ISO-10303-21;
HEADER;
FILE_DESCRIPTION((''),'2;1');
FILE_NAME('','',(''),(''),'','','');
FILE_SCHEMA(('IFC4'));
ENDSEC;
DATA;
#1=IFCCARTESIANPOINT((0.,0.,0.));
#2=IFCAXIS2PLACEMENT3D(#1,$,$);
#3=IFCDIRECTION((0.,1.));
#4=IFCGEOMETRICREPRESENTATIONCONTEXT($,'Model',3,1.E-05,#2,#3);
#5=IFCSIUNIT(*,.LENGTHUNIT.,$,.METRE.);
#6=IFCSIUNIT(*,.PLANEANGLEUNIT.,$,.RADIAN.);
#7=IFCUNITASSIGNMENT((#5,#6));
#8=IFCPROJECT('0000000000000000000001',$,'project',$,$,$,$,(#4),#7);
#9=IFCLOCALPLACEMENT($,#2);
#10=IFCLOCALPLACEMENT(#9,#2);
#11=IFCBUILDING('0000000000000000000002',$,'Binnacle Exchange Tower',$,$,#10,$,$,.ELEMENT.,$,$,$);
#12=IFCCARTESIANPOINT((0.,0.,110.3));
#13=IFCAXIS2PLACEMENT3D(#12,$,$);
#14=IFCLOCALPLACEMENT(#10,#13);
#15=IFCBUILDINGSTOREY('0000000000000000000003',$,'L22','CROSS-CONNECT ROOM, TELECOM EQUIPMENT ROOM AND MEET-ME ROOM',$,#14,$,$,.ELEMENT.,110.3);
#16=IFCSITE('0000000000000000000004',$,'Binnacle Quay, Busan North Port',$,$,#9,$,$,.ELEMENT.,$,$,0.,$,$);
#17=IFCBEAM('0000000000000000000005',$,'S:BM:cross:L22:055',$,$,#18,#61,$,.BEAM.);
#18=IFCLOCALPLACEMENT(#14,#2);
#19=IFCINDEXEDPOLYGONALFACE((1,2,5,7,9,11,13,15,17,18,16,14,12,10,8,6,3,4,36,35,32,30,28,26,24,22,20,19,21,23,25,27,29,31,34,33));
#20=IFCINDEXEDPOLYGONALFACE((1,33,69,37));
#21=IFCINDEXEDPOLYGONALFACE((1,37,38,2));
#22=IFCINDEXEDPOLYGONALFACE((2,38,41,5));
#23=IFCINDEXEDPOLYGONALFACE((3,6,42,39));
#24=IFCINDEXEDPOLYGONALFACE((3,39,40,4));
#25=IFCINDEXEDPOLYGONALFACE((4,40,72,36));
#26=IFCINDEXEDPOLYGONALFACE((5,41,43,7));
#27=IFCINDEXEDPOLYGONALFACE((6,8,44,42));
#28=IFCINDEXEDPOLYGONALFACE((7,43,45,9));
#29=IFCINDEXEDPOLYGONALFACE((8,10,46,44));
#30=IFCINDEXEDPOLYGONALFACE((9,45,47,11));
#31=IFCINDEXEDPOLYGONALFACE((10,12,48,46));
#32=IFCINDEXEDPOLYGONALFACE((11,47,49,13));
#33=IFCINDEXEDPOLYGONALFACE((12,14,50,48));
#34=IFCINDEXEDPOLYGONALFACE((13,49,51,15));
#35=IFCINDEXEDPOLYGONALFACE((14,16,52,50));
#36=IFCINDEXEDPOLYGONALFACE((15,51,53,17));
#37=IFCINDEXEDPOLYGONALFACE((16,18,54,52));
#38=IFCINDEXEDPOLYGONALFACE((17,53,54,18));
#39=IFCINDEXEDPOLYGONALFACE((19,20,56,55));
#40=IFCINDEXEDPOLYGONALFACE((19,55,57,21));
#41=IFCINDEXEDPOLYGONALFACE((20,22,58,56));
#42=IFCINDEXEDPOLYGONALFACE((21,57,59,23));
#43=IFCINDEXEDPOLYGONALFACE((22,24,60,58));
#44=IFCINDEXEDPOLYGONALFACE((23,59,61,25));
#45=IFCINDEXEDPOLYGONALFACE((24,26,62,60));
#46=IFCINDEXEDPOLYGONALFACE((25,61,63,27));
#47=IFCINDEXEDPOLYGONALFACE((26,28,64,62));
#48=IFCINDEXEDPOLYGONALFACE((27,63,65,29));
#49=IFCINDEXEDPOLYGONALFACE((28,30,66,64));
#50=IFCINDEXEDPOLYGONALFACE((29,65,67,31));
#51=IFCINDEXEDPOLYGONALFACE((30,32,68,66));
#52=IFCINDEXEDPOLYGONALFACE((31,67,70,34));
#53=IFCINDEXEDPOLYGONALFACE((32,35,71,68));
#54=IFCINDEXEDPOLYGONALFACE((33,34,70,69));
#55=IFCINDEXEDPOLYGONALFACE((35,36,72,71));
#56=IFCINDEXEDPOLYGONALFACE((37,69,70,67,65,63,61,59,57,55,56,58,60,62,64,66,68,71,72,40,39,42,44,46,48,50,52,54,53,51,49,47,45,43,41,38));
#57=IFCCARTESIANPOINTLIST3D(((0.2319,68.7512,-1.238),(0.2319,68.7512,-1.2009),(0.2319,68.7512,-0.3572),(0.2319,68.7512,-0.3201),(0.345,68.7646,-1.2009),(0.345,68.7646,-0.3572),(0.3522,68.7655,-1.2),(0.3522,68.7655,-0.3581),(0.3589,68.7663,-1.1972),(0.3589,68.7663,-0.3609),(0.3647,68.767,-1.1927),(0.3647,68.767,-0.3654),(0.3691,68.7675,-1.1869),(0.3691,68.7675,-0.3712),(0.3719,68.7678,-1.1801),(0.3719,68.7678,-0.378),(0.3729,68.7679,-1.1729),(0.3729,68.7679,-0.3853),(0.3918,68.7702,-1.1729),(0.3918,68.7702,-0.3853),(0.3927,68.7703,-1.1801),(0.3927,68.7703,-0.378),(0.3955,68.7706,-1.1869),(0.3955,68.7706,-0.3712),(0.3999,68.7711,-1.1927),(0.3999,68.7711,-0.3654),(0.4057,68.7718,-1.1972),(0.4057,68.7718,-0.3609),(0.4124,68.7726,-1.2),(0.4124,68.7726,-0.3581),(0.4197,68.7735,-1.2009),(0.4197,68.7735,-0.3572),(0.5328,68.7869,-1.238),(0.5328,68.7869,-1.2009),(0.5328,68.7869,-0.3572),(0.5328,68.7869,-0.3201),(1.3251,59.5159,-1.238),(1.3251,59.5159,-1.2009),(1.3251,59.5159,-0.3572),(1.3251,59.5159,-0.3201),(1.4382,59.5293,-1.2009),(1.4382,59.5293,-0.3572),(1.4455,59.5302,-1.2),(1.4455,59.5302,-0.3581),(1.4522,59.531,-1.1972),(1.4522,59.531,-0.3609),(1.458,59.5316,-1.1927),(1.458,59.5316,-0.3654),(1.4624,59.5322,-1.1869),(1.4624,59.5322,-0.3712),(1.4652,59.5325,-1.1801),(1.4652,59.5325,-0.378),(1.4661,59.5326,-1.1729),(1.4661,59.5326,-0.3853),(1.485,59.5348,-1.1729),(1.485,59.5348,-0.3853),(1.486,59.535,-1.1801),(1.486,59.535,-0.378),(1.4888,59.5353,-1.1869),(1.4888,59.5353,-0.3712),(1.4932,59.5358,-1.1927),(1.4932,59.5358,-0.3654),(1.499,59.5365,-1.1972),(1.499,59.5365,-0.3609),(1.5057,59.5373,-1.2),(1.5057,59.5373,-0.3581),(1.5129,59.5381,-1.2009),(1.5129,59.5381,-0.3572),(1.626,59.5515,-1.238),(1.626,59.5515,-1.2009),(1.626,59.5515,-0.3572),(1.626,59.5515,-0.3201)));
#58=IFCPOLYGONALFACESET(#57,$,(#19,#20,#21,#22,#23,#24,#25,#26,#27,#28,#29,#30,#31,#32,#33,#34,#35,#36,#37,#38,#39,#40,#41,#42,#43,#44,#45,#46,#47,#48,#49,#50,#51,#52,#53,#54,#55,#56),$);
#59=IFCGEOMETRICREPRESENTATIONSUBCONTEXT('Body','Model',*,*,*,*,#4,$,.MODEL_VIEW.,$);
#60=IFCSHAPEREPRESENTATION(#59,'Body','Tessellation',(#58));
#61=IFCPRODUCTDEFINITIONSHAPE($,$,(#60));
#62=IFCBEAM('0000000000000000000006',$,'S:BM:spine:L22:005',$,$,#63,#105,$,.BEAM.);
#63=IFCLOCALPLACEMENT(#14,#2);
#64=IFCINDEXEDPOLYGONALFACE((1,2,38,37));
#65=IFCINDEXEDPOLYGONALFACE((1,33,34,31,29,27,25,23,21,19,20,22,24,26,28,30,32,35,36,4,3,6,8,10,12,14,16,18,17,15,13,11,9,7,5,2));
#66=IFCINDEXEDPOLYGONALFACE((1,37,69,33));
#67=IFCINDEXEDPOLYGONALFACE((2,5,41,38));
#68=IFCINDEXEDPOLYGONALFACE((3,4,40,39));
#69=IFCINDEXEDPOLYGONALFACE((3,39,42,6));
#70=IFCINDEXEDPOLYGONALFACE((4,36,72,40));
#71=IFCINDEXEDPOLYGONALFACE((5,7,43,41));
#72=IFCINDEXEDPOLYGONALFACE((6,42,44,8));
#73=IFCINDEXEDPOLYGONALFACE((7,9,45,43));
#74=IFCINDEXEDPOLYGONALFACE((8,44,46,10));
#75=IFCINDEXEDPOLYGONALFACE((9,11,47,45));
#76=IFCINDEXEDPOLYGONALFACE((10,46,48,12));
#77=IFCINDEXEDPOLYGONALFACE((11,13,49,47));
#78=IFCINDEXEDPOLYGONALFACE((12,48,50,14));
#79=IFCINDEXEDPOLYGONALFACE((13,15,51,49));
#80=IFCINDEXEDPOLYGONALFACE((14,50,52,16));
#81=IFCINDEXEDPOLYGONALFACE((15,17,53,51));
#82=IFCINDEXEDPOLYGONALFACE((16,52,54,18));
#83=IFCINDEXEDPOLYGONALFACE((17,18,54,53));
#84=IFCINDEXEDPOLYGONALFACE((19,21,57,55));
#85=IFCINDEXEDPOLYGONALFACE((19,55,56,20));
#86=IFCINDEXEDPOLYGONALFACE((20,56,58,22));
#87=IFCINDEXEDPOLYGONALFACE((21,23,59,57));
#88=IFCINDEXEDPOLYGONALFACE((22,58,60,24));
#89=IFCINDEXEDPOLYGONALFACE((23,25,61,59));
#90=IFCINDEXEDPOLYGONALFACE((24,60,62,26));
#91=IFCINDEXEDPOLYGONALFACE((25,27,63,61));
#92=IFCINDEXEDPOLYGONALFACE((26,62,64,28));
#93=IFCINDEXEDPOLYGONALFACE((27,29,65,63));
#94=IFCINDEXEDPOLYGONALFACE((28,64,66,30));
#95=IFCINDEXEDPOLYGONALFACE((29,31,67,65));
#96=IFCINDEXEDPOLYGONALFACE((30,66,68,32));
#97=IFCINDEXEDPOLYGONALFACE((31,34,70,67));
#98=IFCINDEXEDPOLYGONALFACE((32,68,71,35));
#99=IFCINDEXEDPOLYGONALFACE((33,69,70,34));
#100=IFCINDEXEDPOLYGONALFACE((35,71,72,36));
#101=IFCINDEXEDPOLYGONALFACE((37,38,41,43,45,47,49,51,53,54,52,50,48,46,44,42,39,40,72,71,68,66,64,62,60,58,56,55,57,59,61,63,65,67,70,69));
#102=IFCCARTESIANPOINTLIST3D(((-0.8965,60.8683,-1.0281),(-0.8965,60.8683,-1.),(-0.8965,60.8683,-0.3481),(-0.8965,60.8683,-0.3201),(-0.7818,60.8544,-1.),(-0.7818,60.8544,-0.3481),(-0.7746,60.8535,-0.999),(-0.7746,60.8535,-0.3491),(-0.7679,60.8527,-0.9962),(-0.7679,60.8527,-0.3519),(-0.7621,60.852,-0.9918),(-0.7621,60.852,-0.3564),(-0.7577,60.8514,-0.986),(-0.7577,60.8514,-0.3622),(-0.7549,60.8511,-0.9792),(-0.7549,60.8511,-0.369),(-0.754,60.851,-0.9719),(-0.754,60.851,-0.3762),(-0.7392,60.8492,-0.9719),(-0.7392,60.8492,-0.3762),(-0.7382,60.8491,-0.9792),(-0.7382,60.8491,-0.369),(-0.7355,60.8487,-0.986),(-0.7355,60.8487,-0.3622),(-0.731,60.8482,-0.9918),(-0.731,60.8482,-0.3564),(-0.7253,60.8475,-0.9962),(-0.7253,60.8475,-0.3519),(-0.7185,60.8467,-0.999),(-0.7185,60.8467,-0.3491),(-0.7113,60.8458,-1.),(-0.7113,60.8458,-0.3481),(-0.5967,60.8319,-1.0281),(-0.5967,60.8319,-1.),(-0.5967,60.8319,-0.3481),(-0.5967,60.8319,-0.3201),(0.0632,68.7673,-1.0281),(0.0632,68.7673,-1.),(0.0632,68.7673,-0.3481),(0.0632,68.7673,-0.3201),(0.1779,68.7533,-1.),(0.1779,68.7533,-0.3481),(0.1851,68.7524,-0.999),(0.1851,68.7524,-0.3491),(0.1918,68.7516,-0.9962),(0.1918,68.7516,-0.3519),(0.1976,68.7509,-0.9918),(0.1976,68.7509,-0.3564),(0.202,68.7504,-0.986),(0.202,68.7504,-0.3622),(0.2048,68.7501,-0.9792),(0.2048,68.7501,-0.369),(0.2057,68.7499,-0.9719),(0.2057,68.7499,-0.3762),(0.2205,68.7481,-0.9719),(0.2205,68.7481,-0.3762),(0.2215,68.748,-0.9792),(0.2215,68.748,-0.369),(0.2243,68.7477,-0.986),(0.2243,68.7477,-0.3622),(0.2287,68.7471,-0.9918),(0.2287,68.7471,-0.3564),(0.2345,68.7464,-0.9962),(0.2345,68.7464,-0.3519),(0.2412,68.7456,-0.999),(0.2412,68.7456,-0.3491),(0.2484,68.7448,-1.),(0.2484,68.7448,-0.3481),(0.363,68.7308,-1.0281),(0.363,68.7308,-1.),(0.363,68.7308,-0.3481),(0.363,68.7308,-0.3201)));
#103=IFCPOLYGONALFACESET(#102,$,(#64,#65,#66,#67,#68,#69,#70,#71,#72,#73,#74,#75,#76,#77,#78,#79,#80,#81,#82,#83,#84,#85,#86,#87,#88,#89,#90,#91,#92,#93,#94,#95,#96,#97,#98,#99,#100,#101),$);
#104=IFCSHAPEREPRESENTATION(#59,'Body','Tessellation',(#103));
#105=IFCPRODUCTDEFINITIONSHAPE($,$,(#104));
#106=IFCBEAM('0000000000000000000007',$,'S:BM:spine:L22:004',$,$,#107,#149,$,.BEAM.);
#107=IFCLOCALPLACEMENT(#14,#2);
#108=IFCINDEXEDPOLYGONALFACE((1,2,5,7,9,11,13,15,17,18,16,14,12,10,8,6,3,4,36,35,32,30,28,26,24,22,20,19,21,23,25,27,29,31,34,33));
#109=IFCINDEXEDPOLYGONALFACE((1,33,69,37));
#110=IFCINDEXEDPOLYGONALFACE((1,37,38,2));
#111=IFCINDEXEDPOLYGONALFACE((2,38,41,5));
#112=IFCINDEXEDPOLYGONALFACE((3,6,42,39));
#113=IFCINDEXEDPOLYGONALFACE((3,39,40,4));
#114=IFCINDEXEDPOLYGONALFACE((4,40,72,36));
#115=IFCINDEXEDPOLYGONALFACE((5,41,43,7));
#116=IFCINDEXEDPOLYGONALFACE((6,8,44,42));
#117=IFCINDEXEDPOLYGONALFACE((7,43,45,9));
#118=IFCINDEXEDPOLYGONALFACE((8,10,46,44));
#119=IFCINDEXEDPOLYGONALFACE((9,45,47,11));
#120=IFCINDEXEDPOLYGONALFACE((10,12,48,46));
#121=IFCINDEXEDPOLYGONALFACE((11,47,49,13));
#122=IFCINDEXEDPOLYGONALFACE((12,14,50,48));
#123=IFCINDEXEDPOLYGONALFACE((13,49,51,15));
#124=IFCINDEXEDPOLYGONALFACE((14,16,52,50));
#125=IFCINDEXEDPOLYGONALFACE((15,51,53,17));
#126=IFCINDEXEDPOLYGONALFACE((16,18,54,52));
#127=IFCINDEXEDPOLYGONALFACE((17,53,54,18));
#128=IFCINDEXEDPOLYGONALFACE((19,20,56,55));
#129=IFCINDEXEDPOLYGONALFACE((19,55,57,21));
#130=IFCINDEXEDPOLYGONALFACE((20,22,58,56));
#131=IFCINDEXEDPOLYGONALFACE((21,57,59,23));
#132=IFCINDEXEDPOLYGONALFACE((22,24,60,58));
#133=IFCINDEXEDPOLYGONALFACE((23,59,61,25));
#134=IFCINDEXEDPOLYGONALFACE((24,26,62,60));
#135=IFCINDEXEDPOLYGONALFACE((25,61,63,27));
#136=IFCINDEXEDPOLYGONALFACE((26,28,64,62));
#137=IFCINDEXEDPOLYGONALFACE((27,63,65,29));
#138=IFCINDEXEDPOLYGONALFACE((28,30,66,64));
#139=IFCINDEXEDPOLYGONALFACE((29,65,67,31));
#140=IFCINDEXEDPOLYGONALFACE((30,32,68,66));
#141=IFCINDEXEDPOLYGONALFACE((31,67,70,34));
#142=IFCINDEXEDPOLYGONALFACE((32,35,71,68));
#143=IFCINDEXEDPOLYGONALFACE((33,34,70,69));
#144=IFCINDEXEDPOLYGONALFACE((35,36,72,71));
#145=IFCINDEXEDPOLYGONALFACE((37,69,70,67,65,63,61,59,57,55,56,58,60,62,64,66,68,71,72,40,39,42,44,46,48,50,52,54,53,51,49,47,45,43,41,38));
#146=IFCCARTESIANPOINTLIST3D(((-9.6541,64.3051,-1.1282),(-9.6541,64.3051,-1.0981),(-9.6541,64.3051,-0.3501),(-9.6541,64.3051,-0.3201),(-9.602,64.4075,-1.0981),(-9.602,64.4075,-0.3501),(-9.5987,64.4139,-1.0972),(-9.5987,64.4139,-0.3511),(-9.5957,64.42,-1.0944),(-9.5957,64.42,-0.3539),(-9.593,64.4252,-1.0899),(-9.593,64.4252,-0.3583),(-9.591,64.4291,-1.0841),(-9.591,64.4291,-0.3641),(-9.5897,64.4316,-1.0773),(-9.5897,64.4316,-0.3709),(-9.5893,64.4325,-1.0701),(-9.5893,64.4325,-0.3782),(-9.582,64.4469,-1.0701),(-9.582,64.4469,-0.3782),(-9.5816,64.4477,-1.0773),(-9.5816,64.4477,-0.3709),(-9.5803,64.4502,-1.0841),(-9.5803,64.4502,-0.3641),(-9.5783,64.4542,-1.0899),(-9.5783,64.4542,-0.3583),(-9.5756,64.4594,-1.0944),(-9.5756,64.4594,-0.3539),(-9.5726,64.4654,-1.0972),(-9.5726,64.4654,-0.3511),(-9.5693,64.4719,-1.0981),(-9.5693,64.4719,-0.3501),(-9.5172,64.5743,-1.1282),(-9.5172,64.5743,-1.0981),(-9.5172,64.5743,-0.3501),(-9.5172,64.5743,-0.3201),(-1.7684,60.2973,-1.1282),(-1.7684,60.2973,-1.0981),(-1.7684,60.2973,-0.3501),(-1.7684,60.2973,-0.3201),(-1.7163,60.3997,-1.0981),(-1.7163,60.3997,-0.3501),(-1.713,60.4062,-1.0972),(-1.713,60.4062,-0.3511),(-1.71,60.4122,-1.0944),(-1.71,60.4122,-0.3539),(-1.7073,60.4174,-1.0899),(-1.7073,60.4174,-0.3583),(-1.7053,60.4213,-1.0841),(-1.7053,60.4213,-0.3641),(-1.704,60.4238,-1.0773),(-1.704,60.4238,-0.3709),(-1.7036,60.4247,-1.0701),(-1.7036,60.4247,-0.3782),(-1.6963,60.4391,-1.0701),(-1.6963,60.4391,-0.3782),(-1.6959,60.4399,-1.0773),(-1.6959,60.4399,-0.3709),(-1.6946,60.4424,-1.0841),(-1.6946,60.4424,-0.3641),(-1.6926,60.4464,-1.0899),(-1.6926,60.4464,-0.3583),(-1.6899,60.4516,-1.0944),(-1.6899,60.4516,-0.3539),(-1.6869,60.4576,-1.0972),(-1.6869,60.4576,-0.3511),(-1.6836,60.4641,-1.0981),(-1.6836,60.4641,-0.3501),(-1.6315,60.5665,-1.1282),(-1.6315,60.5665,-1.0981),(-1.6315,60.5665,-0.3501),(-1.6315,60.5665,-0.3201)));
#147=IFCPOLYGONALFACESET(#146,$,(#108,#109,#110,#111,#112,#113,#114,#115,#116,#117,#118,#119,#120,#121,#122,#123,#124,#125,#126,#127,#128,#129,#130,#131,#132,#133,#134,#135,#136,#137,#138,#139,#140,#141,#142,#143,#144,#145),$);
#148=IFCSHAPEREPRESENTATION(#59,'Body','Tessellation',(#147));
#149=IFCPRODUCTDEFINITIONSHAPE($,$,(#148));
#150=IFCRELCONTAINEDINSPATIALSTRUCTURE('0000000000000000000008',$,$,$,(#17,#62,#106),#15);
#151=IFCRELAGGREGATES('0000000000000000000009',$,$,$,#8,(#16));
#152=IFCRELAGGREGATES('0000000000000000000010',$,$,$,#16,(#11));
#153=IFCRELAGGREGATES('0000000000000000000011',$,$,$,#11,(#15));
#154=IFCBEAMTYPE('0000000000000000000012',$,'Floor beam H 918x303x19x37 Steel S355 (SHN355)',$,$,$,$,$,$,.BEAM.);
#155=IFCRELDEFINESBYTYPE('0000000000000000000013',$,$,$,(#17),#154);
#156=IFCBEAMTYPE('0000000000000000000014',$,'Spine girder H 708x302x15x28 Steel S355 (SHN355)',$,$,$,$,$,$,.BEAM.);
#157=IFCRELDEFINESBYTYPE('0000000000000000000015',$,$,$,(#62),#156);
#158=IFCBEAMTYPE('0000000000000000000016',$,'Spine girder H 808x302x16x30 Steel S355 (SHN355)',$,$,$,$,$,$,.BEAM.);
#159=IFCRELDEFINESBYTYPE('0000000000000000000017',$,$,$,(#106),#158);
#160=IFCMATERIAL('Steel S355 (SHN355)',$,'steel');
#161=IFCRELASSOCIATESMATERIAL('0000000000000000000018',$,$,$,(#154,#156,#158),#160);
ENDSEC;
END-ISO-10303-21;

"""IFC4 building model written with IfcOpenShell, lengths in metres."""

from ifc_helpers import new_model, si_unit, direction, frame, origin, origin_2d, place, context, subcontext, project, spatial, i_section, extrude, material, material_profile, profile_set, type_object, element, save


model = new_model("IFC4")

# Units and contexts
model_context = context("Model", 3, precision=1e-05, world=origin(), true_north=direction((0.0, 1.0)))
body_context = subcontext(model_context, "Body", "Model", "MODEL_VIEW")
ifc_project = project(units=[si_unit("LENGTHUNIT", "METRE"), si_unit("PLANEANGLEUNIT", "RADIAN")], contexts=[model_context])

# Site, building, storey
site_placement = place(None, origin())
site = spatial("IfcSite", under=ifc_project, at=site_placement, Name="Binnacle Quay, Busan North Port", CompositionType="ELEMENT", RefElevation=0.0)
building_placement = place(site_placement, origin())
building = spatial("IfcBuilding", under=site, at=building_placement, Name="Binnacle Exchange Tower", CompositionType="ELEMENT")
storey_placement = place(building_placement, frame((0.0, 0.0, 110.3)))
storey = spatial("IfcBuildingStorey", under=building, at=storey_placement, Name="L22", Description="CROSS-CONNECT ROOM, TELECOM EQUIPMENT ROOM AND MEET-ME ROOM", CompositionType="ELEMENT", Elevation=110.3)

# Beams
ifc_material_1 = material(Name="Steel S355 (SHN355)", Category="steel")
ifc_material_profile_1 = material_profile(ifc_material_1, i_section(OverallWidth=0.303, OverallDepth=0.918, WebThickness=0.019, FlangeThickness=0.0371, FilletRadius=0.0281, at=origin_2d()), Name="H 918x303x19x37")
ifc_profile_set_1 = profile_set([ifc_material_profile_1], Name="Steel S355 (SHN355)")
beam_type_1 = type_object("IfcBeamType", Name="Floor beam H 918x303x19x37 Steel S355 (SHN355)", PredefinedType="BEAM", material=ifc_profile_set_1)
beam_1_placement = place(storey_placement, frame((0.3823, 68.769, -0.7791), z_axis=(0.117557, -0.993066, 0.0), x_axis=(0.993066, 0.117557, 0.0)))
element("IfcBeam", 1, at=beam_1_placement, inside=storey, type_object=beam_type_1, Name="S:BM:cross:L22:055", PredefinedType="BEAM", context=body_context, shape_type="SweptSolid", body=[
    extrude(i_section(OverallWidth=0.303, OverallDepth=0.918, WebThickness=0.019, FlangeThickness=0.0371, FilletRadius=0.0281, at=origin_2d()), origin(), (0.0, 0.0, 1.0), 9.2998),
])
ifc_material_profile_2 = material_profile(ifc_material_1, i_section(OverallWidth=0.302, OverallDepth=0.708, WebThickness=0.0149, FlangeThickness=0.0281, FilletRadius=0.0281, at=origin_2d()), Name="H 708x302x15x28")
ifc_profile_set_2 = profile_set([ifc_material_profile_2], Name="Steel S355 (SHN355)")
beam_type_2 = type_object("IfcBeamType", Name="Spine girder H 708x302x15x28 Steel S355 (SHN355)", PredefinedType="BEAM", material=ifc_profile_set_2)
beam_2_placement = place(storey_placement, frame((-0.7466, 60.8501, -0.6741), z_axis=(0.120613, 0.9927, 0.0), x_axis=(-0.9927, 0.120613, 0.0)))
element("IfcBeam", 2, at=beam_2_placement, inside=storey, type_object=beam_type_2, Name="S:BM:spine:L22:005", PredefinedType="BEAM", context=body_context, shape_type="SweptSolid", body=[
    extrude(i_section(OverallWidth=0.302, OverallDepth=0.708, WebThickness=0.0149, FlangeThickness=0.0281, FilletRadius=0.0281, at=origin_2d()), origin(), (0.0, 0.0, 1.0), 7.957),
])
ifc_material_profile_3 = material_profile(ifc_material_1, i_section(OverallWidth=0.302, OverallDepth=0.8081, WebThickness=0.0161, FlangeThickness=0.03, FilletRadius=0.0281, at=origin_2d()), Name="H 808x302x16x30")
ifc_profile_set_3 = profile_set([ifc_material_profile_3], Name="Steel S355 (SHN355)")
beam_type_3 = type_object("IfcBeamType", Name="Spine girder H 808x302x16x30 Steel S355 (SHN355)", PredefinedType="BEAM", material=ifc_profile_set_3)
beam_3_placement = place(storey_placement, frame((-1.7, 60.4319, -0.7241), z_axis=(-0.891471, 0.453077, 0.0), x_axis=(-0.453077, -0.891471, 0.0)))
element("IfcBeam", 3, at=beam_3_placement, inside=storey, type_object=beam_type_3, Name="S:BM:spine:L22:004", PredefinedType="BEAM", context=body_context, shape_type="SweptSolid", body=[
    extrude(i_section(OverallWidth=0.302, OverallDepth=0.8081, WebThickness=0.0161, FlangeThickness=0.03, FilletRadius=0.0281, at=origin_2d()), origin(), (0.0, 0.0, 1.0), 8.8457),
])

save(model, "model.ifc")
